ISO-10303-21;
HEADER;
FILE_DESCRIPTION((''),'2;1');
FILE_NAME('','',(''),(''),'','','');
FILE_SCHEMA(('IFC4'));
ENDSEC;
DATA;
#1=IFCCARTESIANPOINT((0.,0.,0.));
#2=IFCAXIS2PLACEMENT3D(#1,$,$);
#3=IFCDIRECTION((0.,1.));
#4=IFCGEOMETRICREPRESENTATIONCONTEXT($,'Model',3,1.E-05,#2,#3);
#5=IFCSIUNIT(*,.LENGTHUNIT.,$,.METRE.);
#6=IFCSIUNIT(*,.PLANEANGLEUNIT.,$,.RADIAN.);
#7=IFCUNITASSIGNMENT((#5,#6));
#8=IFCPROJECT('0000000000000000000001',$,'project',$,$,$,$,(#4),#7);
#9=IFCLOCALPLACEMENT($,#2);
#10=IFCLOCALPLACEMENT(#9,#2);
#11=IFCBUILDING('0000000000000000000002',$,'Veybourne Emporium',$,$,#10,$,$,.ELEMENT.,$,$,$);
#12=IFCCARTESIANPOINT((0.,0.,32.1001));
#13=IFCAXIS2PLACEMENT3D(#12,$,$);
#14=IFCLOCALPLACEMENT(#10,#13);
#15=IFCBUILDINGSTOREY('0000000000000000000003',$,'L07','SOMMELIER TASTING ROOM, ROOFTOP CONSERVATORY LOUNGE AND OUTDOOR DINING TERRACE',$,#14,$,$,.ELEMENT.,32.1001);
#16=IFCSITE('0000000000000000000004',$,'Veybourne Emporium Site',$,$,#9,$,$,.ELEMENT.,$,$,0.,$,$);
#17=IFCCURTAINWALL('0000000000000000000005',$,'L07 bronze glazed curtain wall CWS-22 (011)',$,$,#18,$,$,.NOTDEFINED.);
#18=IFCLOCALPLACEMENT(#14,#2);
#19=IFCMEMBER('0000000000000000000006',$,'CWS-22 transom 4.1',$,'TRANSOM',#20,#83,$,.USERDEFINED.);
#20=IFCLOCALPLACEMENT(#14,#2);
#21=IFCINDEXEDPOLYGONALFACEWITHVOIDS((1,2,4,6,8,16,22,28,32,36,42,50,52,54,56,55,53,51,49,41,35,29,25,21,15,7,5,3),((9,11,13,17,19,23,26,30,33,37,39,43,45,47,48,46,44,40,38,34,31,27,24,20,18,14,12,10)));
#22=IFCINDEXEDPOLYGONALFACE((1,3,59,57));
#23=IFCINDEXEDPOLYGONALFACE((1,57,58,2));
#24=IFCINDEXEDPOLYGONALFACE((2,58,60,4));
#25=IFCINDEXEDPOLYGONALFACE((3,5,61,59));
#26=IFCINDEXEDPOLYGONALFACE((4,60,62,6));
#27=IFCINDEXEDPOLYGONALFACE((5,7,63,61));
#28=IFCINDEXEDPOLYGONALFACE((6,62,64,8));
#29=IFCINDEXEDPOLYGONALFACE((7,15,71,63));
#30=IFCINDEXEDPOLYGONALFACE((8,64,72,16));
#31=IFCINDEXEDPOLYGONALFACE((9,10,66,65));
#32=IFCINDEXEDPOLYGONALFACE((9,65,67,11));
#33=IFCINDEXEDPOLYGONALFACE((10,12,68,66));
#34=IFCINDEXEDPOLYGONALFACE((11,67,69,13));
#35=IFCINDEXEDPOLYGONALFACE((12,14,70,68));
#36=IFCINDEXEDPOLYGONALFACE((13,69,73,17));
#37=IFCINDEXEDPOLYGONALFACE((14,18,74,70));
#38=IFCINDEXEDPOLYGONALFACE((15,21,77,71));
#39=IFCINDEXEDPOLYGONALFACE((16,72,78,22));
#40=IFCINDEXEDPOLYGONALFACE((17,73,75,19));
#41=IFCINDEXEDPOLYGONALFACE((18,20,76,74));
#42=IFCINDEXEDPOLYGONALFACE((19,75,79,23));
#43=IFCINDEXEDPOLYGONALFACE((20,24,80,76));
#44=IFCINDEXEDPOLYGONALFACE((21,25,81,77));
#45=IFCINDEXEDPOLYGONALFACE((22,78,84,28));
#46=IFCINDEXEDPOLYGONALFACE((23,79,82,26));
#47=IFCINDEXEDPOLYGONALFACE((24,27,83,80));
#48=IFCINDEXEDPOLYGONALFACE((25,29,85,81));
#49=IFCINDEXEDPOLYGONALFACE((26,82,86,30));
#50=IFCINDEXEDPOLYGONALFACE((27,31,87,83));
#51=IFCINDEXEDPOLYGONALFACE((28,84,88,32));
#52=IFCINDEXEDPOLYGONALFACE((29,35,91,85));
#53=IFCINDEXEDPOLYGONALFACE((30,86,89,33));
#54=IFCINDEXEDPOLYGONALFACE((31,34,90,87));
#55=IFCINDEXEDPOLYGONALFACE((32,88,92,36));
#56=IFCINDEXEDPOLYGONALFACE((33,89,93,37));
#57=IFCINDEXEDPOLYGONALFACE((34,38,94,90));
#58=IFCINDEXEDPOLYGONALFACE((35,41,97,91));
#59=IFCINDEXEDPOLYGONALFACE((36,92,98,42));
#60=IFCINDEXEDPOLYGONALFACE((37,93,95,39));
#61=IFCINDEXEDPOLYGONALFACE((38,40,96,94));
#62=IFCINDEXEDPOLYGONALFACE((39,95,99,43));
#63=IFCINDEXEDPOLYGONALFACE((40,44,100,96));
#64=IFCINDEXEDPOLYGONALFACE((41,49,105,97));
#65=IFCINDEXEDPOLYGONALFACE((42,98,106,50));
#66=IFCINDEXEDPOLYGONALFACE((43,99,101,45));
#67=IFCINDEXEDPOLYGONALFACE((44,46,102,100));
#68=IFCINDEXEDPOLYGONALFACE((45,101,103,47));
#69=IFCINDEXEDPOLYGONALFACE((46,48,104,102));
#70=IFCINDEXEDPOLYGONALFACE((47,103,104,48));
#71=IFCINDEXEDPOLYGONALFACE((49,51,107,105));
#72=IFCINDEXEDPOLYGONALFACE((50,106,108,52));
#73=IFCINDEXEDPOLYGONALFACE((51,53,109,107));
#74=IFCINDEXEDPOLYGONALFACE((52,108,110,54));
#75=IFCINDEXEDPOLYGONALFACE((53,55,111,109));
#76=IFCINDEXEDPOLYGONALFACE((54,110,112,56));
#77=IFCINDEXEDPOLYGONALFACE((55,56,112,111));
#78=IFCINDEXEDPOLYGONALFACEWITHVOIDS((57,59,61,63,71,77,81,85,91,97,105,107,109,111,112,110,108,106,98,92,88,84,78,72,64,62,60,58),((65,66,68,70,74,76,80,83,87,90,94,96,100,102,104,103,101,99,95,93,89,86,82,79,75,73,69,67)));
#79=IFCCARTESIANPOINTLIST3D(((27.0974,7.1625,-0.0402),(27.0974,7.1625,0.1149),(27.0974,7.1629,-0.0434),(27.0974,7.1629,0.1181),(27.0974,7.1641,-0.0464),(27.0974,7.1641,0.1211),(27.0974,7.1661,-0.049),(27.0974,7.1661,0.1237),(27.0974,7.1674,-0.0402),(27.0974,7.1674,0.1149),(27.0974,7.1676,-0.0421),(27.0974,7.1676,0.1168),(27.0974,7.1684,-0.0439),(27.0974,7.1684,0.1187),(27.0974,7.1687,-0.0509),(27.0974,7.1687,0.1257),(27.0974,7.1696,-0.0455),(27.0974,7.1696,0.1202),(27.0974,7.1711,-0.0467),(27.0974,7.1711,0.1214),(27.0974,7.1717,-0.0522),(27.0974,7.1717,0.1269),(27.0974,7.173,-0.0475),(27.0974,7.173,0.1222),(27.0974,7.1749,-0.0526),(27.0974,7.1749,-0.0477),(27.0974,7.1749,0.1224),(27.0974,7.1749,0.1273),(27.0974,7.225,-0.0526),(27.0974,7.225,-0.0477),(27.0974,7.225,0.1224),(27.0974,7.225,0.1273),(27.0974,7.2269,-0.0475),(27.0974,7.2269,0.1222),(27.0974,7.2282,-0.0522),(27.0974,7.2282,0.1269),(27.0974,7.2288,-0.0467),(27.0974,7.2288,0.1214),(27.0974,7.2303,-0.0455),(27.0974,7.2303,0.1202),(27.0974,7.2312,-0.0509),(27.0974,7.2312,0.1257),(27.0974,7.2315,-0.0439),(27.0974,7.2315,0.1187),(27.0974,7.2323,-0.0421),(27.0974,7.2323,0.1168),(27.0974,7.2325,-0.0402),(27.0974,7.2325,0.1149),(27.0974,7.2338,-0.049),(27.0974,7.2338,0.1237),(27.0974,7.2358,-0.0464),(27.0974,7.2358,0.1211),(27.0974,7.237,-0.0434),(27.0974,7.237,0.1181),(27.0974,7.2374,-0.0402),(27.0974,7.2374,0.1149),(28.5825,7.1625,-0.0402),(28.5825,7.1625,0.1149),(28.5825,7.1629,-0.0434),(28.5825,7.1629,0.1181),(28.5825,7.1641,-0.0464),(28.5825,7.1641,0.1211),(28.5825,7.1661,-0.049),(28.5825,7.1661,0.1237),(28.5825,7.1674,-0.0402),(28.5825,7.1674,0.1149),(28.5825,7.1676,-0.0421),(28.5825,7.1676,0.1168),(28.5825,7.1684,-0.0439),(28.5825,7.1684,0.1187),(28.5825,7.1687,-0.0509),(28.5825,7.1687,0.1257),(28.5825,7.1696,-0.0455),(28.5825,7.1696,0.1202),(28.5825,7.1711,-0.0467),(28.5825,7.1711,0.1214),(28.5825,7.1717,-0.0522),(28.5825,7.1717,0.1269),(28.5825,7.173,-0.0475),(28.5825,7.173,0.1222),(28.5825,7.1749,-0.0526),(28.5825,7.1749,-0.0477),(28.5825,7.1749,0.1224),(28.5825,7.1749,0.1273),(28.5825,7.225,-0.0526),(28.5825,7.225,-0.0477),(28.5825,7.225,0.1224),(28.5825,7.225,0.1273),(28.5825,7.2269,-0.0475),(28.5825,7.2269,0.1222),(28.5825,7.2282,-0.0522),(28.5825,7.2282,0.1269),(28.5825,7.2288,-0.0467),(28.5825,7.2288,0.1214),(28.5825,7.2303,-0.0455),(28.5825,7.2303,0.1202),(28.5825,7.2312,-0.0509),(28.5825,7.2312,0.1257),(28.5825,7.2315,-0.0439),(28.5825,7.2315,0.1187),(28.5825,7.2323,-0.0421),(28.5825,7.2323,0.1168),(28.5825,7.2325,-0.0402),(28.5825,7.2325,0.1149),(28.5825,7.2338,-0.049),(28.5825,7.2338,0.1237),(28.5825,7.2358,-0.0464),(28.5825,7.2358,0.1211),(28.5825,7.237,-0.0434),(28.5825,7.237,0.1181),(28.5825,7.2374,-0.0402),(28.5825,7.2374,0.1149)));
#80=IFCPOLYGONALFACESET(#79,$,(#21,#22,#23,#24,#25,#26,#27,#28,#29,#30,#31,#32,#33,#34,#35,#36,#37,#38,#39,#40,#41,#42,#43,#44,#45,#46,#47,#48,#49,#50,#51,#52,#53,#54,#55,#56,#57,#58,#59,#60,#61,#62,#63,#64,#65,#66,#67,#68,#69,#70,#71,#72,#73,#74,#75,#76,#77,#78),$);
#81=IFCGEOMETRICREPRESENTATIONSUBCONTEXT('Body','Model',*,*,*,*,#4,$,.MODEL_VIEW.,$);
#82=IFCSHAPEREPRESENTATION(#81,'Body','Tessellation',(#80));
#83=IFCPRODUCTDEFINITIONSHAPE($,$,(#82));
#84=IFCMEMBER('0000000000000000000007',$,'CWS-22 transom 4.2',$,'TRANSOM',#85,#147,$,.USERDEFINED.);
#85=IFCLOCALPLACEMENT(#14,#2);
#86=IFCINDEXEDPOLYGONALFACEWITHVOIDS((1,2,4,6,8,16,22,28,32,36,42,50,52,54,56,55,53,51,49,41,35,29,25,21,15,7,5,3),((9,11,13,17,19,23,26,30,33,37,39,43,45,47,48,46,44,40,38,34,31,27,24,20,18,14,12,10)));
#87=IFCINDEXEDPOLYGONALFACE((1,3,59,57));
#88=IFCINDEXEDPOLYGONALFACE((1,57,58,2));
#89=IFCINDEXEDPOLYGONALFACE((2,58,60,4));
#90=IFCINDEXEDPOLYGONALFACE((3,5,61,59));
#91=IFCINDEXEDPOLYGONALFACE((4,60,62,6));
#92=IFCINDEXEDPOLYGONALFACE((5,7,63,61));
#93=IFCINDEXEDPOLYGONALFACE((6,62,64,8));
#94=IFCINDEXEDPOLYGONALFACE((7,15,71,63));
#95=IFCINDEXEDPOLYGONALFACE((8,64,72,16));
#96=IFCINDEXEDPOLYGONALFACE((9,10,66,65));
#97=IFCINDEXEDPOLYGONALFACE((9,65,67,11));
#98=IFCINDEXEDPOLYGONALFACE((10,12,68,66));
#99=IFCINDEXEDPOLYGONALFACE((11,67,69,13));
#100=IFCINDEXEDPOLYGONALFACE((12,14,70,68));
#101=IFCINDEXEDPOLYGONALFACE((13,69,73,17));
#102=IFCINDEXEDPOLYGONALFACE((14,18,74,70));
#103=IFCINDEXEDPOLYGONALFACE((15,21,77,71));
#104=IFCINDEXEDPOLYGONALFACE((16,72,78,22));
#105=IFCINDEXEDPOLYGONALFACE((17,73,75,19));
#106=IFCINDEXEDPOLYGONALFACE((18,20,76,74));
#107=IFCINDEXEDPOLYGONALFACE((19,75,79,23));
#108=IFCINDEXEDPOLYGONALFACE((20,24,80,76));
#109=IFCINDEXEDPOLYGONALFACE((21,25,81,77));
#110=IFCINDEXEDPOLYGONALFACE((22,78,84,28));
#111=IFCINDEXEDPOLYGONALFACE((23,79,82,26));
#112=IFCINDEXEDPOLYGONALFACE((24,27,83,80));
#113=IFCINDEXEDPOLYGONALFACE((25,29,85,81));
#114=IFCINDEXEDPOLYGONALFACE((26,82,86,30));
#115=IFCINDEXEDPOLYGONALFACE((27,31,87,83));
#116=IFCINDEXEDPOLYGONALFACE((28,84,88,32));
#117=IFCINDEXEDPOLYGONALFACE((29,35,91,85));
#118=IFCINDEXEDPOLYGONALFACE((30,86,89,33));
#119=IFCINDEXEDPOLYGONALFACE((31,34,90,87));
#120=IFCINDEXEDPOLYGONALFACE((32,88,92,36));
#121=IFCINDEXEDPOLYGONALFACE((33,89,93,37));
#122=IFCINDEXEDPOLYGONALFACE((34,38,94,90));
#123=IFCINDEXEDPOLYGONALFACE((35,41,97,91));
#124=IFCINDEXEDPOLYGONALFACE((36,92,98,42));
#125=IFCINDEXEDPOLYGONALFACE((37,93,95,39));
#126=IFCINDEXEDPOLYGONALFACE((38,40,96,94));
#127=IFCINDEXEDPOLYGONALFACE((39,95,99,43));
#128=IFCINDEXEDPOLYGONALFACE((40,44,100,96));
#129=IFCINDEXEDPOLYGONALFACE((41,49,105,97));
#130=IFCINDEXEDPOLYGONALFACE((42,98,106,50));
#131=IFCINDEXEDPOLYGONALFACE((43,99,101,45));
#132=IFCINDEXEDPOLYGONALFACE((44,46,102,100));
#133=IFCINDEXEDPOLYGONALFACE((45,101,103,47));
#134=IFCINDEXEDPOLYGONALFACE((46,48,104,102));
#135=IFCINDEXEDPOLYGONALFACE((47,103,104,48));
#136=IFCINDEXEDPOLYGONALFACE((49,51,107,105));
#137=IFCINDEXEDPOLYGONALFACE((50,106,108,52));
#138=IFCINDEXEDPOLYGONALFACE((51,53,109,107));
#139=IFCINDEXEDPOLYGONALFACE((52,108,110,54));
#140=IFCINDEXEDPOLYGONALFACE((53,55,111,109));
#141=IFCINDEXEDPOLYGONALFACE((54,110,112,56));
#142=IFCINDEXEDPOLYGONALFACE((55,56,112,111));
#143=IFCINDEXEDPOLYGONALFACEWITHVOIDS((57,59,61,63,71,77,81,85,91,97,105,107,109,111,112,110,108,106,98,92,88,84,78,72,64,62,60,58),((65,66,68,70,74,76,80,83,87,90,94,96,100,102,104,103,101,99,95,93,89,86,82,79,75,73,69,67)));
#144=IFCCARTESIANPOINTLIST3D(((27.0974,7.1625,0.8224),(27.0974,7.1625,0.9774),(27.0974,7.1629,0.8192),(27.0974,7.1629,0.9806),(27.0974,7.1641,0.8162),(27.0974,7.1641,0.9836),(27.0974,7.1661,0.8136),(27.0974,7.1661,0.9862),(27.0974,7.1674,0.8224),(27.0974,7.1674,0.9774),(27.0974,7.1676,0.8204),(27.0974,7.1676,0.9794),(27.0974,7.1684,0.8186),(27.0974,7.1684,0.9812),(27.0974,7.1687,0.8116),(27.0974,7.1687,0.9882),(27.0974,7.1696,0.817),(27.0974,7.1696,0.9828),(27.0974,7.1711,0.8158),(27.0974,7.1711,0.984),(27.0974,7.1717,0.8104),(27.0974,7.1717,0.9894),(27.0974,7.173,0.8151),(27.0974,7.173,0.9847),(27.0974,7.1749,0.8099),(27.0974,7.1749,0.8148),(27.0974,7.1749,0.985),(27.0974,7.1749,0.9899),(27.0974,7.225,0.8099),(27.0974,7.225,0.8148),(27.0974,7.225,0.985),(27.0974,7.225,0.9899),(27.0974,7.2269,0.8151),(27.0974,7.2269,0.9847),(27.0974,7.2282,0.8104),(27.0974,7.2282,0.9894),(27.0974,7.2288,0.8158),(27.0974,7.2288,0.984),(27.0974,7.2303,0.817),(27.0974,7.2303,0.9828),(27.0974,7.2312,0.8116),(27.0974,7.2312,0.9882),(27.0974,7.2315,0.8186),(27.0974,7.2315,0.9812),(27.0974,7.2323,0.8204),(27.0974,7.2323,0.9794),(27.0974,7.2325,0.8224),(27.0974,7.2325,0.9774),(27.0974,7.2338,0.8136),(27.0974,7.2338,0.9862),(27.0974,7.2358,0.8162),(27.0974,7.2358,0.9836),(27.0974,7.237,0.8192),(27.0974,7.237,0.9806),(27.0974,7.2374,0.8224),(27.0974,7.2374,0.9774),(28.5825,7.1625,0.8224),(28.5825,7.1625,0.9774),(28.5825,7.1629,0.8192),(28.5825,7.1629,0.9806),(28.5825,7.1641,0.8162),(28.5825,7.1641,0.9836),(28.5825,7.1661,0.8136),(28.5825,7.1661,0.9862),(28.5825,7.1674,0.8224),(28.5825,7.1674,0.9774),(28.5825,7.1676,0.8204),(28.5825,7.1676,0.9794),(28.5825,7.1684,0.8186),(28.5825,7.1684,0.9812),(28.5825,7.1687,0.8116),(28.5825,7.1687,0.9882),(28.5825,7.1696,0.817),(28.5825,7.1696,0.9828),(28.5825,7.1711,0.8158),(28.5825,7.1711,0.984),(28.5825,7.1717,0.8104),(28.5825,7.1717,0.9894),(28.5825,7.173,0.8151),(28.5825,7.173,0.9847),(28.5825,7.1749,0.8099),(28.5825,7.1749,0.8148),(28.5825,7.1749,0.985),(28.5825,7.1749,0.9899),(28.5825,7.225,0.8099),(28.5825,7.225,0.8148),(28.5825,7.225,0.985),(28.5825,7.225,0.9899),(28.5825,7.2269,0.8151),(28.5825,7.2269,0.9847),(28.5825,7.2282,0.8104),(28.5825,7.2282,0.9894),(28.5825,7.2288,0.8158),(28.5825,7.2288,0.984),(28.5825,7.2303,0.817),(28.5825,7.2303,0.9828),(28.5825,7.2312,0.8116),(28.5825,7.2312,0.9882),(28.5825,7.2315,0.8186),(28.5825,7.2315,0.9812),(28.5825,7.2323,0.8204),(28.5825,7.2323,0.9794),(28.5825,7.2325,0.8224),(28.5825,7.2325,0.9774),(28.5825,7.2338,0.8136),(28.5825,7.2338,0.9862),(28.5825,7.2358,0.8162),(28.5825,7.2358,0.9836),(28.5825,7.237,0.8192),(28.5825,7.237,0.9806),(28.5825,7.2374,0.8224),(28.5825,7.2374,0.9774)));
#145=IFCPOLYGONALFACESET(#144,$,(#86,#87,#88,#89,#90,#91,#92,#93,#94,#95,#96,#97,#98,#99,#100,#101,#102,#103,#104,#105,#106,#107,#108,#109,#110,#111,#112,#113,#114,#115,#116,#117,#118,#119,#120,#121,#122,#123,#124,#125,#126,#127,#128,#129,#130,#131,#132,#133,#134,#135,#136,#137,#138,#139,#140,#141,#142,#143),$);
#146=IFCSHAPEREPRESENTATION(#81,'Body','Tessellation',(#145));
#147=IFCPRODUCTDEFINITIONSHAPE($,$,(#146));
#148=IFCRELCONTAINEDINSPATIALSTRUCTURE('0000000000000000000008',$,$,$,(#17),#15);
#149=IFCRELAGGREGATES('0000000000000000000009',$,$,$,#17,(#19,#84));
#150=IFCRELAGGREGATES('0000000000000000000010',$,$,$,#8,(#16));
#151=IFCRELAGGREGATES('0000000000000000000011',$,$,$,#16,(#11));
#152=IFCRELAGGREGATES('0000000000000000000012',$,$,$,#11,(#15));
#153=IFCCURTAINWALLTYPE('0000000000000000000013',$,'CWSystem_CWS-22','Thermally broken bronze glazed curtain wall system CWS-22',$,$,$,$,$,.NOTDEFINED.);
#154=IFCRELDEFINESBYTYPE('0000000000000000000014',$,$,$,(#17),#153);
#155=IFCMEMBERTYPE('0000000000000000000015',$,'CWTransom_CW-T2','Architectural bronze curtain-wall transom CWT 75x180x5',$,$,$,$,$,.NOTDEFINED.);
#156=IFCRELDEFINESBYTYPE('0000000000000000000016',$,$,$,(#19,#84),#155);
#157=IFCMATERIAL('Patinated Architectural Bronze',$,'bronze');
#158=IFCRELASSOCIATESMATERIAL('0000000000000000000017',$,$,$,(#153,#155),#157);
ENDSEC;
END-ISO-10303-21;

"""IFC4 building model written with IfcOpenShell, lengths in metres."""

from ifc_helpers import new_model, si_unit, direction, frame, origin, origin_2d, place, context, subcontext, project, spatial, hollow_rectangle, extrude, material, material_profile, profile_set, type_object, element, aggregate, save


model = new_model("IFC4")

# Units and contexts
model_context = context("Model", 3, precision=1e-05, world=origin(), true_north=direction((0.0, 1.0)))
body_context = subcontext(model_context, "Body", "Model", "MODEL_VIEW")
ifc_project = project(units=[si_unit("LENGTHUNIT", "METRE"), si_unit("PLANEANGLEUNIT", "RADIAN")], contexts=[model_context])

# Site, building, storey
site_placement = place(None, origin())
site = spatial("IfcSite", under=ifc_project, at=site_placement, Name="Veybourne Emporium Site", CompositionType="ELEMENT", RefElevation=0.0)
building_placement = place(site_placement, origin())
building = spatial("IfcBuilding", under=site, at=building_placement, Name="Veybourne Emporium", CompositionType="ELEMENT")
storey_placement = place(building_placement, frame((0.0, 0.0, 32.1001)))
storey = spatial("IfcBuildingStorey", under=building, at=storey_placement, Name="L07", Description="SOMMELIER TASTING ROOM, ROOFTOP CONSERVATORY LOUNGE AND OUTDOOR DINING TERRACE", CompositionType="ELEMENT", Elevation=32.1001)

# Curtain wall, members
ifc_material_1 = material(Name="Patinated Architectural Bronze", Category="bronze")
curtain_wall_type = type_object("IfcCurtainWallType", Name="CWSystem_CWS-22", Description="Thermally broken bronze glazed curtain wall system CWS-22", PredefinedType="NOTDEFINED", material=ifc_material_1)
curtain_wall_placement = place(storey_placement, origin())
curtain_wall = element("IfcCurtainWall", 1, at=curtain_wall_placement, inside=storey, type_object=curtain_wall_type, Name="L07 bronze glazed curtain wall CWS-22 (011)", PredefinedType="NOTDEFINED")
ifc_material_profile_1 = material_profile(ifc_material_1, hollow_rectangle(XDim=0.075, YDim=0.1799, WallThickness=0.0049, InnerFilletRadius=0.0076, OuterFilletRadius=0.0125, at=origin_2d()), Name="CWT 75x180x5")
ifc_profile_set_1 = profile_set([ifc_material_profile_1], Name="Patinated Architectural Bronze")
member_type_1 = type_object("IfcMemberType", Name="CWTransom_CW-T2", Description="Architectural bronze curtain-wall transom CWT 75x180x5", PredefinedType="NOTDEFINED", material=ifc_profile_set_1)
member_1_placement = place(storey_placement, frame((28.5825, 7.2, 0.0374), z_axis=(-1.0, 0.0, 0.0), x_axis=(0.0, -1.0, 0.0)))
member_1 = element("IfcMember", 2, at=member_1_placement, type_object=member_type_1, Name="CWS-22 transom 4.1", ObjectType="TRANSOM", PredefinedType="USERDEFINED", context=body_context, shape_type="SweptSolid", body=[
    extrude(hollow_rectangle(XDim=0.075, YDim=0.1799, WallThickness=0.0049, InnerFilletRadius=0.0076, OuterFilletRadius=0.0125, at=origin_2d()), origin(), (0.0, 0.0, 1.0), 1.4851),
])
member_2_placement = place(storey_placement, frame((28.5825, 7.2, 0.8999), z_axis=(-1.0, 0.0, 0.0), x_axis=(0.0, -1.0, 0.0)))
member_2 = element("IfcMember", 3, at=member_2_placement, type_object=member_type_1, Name="CWS-22 transom 4.2", ObjectType="TRANSOM", PredefinedType="USERDEFINED", context=body_context, shape_type="SweptSolid", body=[
    extrude(hollow_rectangle(XDim=0.075, YDim=0.1799, WallThickness=0.0049, InnerFilletRadius=0.0076, OuterFilletRadius=0.0125, at=origin_2d()), origin(), (0.0, 0.0, 1.0), 1.4851),
])

aggregate(curtain_wall, [member_1, member_2])

save(model, "model.ifc")
